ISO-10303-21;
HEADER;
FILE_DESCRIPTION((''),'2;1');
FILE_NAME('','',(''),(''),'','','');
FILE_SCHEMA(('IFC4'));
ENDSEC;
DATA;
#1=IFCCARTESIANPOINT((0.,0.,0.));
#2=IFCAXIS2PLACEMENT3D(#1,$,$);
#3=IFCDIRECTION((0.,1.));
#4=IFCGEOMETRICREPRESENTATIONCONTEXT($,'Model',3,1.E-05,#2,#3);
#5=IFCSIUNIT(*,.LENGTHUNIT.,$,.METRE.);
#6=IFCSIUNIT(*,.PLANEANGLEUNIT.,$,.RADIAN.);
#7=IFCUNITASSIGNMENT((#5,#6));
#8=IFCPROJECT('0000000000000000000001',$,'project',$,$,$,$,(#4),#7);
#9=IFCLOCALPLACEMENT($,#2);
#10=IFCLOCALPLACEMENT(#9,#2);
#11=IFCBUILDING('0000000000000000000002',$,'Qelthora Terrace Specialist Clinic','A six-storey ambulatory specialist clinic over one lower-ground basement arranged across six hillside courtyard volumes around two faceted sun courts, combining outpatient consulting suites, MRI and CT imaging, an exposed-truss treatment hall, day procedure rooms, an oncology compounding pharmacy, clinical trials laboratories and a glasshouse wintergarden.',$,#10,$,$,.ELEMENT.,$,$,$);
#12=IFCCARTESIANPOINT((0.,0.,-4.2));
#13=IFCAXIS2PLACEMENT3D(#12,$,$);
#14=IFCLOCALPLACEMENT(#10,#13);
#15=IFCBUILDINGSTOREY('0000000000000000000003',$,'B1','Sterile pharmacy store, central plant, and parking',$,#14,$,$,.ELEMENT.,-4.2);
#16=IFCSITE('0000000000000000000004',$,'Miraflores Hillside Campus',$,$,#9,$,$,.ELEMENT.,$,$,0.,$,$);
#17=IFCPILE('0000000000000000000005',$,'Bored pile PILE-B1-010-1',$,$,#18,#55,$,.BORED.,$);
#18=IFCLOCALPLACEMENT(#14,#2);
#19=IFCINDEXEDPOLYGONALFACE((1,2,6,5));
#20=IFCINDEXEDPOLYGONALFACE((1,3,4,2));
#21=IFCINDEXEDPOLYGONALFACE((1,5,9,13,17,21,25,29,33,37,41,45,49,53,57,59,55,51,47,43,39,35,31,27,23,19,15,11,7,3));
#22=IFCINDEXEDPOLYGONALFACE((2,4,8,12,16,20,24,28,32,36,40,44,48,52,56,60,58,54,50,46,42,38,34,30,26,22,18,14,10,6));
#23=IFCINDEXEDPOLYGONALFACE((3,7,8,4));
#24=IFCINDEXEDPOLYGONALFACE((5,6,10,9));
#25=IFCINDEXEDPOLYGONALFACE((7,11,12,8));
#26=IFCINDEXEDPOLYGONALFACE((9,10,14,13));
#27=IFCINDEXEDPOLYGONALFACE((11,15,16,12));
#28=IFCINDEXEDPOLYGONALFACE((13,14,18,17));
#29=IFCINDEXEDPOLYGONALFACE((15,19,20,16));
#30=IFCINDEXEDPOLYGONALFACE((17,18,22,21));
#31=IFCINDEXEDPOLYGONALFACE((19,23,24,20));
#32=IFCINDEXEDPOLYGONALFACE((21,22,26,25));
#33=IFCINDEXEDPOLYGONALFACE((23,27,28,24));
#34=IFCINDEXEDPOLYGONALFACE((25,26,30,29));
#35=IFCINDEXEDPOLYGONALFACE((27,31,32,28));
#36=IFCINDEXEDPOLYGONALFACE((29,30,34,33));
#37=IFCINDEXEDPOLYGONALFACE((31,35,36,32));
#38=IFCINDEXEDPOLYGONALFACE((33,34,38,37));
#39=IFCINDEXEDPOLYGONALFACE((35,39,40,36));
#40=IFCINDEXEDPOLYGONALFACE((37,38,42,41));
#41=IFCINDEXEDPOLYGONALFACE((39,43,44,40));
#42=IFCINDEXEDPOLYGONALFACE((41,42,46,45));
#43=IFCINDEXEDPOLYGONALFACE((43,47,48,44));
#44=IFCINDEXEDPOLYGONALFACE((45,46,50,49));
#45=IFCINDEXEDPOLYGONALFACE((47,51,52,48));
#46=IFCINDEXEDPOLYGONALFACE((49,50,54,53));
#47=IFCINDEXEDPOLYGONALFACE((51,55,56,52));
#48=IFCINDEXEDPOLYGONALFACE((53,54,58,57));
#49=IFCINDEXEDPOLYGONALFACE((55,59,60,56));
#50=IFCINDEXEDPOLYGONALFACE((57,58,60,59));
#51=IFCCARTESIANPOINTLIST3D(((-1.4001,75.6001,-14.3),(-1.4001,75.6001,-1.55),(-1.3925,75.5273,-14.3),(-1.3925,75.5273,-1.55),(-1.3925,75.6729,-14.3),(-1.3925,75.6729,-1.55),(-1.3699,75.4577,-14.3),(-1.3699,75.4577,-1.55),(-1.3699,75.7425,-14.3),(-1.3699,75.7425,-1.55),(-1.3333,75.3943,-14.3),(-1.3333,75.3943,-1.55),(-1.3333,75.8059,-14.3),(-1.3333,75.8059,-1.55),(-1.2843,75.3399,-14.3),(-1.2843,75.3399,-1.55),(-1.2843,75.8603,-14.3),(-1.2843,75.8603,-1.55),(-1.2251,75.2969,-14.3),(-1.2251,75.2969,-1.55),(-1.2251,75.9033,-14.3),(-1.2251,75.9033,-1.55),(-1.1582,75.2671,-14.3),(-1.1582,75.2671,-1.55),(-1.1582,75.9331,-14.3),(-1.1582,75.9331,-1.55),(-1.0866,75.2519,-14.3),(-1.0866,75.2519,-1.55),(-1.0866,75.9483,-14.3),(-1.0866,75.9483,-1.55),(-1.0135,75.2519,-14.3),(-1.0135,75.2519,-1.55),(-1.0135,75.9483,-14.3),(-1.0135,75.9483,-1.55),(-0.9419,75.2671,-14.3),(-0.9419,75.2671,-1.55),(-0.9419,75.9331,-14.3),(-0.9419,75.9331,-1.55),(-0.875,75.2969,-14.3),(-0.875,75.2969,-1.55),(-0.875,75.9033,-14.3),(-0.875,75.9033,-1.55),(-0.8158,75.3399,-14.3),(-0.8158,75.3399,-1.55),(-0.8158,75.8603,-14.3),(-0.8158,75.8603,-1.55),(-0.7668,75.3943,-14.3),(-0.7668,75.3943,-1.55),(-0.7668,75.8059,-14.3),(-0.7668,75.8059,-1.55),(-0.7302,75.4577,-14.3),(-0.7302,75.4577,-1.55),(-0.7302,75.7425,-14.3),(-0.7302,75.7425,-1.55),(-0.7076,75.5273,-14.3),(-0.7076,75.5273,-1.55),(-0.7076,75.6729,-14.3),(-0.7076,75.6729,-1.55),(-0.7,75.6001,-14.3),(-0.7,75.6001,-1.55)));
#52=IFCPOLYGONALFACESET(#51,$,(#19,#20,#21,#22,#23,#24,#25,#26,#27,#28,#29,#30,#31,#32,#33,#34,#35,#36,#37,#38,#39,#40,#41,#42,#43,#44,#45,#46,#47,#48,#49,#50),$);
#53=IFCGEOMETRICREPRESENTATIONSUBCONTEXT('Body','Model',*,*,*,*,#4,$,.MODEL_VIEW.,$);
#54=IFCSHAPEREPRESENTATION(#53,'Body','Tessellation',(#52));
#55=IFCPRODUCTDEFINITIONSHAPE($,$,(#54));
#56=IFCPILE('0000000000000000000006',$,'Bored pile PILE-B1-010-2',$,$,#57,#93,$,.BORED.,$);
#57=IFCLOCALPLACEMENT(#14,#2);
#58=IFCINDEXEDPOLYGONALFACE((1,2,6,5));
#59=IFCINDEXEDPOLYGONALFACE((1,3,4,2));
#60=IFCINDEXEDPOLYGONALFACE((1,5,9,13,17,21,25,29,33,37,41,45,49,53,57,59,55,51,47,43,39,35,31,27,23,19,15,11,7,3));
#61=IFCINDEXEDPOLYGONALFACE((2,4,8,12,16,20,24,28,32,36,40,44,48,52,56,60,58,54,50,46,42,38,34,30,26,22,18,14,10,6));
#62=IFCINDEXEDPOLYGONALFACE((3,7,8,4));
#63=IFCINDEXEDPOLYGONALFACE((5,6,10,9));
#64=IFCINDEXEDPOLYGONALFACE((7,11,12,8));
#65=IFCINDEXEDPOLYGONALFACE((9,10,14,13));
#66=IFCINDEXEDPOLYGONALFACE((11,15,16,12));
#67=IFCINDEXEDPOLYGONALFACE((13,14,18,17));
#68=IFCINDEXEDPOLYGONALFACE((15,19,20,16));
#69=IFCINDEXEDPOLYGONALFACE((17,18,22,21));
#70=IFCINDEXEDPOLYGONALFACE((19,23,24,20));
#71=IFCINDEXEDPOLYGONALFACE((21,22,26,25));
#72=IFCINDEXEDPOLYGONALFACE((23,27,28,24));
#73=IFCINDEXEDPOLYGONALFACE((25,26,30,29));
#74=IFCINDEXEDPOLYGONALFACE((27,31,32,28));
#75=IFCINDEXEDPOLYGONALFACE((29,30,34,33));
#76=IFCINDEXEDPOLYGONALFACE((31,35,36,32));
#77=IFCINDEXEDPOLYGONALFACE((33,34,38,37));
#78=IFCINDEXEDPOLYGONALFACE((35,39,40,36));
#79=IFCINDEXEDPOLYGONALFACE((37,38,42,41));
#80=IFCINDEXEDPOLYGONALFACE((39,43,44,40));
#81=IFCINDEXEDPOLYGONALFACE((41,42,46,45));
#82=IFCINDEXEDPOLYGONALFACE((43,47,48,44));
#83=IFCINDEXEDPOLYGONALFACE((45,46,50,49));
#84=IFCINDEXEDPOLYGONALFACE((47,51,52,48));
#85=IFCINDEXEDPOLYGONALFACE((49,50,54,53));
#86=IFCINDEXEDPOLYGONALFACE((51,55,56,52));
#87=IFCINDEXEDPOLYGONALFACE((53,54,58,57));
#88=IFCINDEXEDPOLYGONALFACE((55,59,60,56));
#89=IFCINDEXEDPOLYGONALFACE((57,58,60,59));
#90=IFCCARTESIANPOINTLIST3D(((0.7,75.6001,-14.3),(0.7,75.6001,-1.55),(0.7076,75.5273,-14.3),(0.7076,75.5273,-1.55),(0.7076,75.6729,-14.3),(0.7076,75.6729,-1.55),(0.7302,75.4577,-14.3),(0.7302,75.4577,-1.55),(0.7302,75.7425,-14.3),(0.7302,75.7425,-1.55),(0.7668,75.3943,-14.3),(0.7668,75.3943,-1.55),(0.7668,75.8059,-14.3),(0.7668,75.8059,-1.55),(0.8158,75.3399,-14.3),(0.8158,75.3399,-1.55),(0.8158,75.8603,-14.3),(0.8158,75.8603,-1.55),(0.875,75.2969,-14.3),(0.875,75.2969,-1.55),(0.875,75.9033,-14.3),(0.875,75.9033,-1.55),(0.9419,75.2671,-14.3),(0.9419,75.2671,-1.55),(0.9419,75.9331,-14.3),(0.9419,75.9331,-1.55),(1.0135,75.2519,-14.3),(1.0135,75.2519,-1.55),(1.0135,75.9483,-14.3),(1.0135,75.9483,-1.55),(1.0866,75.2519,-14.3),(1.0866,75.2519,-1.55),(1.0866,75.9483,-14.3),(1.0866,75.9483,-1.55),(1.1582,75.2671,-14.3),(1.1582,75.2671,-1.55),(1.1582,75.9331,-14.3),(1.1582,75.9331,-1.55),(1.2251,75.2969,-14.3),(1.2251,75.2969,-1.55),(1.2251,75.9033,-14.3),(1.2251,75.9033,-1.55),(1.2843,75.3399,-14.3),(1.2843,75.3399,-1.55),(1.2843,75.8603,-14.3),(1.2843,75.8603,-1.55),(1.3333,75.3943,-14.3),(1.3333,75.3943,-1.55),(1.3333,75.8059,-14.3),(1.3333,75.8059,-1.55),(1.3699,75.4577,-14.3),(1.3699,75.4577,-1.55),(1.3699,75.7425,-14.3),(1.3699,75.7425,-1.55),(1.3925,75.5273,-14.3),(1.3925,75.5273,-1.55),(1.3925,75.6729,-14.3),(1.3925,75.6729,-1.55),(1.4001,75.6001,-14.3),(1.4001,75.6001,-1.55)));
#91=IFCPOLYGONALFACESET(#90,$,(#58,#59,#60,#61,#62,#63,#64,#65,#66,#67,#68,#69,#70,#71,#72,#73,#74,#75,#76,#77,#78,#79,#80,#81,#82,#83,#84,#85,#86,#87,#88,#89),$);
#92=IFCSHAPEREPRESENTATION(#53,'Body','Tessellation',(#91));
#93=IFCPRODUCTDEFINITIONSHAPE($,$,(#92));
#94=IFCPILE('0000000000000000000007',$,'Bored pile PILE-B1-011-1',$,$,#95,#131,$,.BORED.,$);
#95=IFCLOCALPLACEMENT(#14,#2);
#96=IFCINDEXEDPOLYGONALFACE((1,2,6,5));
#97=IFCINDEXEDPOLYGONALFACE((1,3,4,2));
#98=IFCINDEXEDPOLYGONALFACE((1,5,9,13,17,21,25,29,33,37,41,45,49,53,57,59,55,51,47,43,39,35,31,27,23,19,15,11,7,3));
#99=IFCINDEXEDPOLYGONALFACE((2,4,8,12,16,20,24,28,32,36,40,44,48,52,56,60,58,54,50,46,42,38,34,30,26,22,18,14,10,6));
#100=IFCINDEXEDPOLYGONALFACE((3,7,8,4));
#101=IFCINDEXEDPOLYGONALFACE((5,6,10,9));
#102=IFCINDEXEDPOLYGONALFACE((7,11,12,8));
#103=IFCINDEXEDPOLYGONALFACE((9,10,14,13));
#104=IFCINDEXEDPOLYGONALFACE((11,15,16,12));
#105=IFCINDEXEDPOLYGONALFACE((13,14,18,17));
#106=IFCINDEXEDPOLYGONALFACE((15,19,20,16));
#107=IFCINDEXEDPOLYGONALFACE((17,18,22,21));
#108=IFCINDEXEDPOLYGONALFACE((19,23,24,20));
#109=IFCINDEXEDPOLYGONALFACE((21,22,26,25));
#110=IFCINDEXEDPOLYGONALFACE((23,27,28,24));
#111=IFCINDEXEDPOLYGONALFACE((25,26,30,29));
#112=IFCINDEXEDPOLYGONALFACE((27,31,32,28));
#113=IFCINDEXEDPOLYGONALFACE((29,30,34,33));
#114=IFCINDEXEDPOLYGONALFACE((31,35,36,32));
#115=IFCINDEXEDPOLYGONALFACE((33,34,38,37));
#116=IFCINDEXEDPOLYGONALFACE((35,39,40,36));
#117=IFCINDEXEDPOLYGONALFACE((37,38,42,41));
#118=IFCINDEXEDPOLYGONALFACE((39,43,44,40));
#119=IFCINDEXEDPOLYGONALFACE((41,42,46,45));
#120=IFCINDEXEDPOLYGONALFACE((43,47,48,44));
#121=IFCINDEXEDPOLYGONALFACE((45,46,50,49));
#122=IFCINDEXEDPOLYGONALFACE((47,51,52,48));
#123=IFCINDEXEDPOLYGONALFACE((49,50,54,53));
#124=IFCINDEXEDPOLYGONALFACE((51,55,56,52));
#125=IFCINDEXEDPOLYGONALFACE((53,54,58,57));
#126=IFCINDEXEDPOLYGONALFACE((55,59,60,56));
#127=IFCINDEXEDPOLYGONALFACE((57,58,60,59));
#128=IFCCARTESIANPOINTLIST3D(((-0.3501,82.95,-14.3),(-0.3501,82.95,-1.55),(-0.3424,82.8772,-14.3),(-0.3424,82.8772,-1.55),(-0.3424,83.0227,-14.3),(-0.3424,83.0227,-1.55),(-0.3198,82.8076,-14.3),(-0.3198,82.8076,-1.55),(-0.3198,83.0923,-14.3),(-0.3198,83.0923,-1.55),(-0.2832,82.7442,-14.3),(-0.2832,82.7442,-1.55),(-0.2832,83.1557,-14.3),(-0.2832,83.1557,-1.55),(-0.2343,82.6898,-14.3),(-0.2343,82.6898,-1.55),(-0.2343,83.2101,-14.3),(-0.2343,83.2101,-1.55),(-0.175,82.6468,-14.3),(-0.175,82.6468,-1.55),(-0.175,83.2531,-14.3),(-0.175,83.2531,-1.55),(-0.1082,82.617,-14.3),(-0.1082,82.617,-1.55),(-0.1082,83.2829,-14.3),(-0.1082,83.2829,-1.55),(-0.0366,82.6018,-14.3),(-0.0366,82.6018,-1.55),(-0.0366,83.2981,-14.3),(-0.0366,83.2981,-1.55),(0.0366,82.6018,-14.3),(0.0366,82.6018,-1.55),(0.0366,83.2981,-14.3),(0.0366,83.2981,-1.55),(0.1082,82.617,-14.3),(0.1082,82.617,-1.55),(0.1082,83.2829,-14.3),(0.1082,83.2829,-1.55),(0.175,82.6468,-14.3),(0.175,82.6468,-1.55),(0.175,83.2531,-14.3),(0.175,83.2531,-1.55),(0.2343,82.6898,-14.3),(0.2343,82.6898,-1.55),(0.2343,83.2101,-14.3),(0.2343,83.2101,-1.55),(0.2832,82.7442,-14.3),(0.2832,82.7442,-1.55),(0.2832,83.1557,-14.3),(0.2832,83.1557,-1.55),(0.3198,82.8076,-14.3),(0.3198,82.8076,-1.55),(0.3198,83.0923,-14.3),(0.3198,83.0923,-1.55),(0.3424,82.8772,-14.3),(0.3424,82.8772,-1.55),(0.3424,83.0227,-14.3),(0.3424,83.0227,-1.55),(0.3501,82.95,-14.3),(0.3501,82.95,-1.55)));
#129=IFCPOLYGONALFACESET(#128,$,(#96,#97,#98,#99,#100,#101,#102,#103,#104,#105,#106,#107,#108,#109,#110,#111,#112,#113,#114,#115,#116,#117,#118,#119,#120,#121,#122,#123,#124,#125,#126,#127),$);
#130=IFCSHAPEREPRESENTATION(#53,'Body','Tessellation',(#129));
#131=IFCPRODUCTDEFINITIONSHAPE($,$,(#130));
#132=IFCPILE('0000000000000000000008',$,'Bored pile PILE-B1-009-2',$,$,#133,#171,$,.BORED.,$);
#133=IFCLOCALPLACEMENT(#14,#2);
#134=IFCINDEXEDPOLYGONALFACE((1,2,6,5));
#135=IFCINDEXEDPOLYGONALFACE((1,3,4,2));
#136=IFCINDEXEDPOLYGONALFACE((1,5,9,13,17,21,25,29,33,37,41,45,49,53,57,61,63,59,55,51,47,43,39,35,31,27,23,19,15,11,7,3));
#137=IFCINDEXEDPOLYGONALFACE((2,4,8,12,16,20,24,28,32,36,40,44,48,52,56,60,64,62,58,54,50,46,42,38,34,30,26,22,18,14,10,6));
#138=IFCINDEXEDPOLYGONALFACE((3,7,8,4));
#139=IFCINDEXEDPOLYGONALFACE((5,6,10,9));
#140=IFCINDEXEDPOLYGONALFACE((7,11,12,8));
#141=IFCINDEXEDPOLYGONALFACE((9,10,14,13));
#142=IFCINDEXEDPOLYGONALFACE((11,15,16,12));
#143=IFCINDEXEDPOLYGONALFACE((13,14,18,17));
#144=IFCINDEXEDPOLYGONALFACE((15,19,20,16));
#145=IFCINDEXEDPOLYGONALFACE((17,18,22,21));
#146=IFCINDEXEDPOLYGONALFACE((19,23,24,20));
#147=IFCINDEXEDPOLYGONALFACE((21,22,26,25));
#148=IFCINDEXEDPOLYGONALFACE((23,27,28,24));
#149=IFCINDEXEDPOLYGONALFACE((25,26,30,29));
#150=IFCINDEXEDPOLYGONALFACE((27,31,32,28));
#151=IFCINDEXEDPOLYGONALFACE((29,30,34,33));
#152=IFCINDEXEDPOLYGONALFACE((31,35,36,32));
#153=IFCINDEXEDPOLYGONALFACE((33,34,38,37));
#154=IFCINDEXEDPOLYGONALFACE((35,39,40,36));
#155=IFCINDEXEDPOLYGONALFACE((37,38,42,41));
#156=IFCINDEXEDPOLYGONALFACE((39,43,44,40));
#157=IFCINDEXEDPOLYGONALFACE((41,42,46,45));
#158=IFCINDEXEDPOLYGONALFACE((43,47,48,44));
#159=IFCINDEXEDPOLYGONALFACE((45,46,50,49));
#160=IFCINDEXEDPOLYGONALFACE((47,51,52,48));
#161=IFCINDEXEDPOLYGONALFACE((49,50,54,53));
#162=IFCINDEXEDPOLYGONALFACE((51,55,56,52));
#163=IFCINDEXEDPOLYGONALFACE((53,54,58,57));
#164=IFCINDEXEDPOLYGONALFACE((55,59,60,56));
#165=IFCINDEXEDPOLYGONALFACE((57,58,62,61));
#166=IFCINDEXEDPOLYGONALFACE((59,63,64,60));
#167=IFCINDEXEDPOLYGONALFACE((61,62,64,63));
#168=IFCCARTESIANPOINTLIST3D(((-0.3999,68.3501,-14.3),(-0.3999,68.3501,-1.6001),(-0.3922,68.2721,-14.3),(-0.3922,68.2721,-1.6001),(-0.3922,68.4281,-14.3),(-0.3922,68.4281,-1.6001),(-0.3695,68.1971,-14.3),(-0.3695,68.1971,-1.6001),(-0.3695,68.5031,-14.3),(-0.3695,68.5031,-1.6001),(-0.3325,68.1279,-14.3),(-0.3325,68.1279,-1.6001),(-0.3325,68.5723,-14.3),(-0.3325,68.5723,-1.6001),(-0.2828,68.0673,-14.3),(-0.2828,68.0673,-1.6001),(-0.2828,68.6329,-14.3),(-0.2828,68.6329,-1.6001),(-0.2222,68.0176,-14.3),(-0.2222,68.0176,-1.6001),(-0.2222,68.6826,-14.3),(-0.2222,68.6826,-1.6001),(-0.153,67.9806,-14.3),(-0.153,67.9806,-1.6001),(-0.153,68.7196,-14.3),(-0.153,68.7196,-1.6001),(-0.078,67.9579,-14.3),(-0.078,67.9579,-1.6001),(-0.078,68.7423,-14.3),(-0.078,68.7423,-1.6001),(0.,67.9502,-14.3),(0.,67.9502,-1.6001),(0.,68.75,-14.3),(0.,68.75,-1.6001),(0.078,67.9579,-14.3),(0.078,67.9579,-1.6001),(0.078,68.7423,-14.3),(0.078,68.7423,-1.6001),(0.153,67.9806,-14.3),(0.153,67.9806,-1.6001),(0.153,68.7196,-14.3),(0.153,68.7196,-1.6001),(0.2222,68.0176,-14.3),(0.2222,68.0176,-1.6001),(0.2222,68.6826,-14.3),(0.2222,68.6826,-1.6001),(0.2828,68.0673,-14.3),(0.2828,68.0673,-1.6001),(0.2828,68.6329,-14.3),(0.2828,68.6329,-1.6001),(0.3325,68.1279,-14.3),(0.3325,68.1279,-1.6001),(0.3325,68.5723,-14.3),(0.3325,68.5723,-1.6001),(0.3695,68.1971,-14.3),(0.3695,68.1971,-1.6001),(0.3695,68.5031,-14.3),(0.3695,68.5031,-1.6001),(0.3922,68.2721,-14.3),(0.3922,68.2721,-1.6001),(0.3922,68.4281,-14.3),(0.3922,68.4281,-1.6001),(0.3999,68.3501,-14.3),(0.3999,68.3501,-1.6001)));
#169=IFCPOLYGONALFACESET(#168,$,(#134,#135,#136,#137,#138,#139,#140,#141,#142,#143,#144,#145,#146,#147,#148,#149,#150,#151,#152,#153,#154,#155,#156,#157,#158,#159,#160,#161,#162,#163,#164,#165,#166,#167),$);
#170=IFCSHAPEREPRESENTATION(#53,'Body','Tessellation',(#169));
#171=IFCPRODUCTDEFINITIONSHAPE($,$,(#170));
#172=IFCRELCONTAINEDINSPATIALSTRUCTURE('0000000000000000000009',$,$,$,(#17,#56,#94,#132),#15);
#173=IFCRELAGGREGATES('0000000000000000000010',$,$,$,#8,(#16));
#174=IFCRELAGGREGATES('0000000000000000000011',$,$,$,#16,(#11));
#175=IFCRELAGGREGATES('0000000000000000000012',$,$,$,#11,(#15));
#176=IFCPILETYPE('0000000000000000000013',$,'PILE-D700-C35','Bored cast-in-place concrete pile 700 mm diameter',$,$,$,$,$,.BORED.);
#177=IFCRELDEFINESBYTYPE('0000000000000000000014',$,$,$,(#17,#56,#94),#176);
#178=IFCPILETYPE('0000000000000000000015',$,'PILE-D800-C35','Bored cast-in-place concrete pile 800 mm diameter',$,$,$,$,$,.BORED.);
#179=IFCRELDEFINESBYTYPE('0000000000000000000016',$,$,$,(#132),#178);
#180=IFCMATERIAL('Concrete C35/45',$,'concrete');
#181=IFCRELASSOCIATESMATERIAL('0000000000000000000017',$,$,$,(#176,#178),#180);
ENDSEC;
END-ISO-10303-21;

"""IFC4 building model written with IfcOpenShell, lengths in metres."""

from ifc_helpers import new_model, si_unit, direction, frame, origin, origin_2d, place, context, subcontext, project, spatial, circle, extrude, material, material_profile, profile_set, type_object, element, save


model = new_model("IFC4")

# Units and contexts
model_context = context("Model", 3, precision=1e-05, world=origin(), true_north=direction((0.0, 1.0)))
body_context = subcontext(model_context, "Body", "Model", "MODEL_VIEW")
ifc_project = project(units=[si_unit("LENGTHUNIT", "METRE"), si_unit("PLANEANGLEUNIT", "RADIAN")], contexts=[model_context])

# Site, building, storey
site_placement = place(None, origin())
site = spatial("IfcSite", under=ifc_project, at=site_placement, Name="Miraflores Hillside Campus", CompositionType="ELEMENT", RefElevation=0.0)
building_placement = place(site_placement, origin())
building = spatial("IfcBuilding", under=site, at=building_placement, Name="Qelthora Terrace Specialist Clinic", Description="A six-storey ambulatory specialist clinic over one lower-ground basement arranged across six hillside courtyard volumes around two faceted sun courts, combining outpatient consulting suites, MRI and CT imaging, an exposed-truss treatment hall, day procedure rooms, an oncology compounding pharmacy, clinical trials laboratories and a glasshouse wintergarden.", CompositionType="ELEMENT")
storey_placement = place(building_placement, frame((0.0, 0.0, -4.2)))
storey = spatial("IfcBuildingStorey", under=building, at=storey_placement, Name="B1", Description="Sterile pharmacy store, central plant, and parking", CompositionType="ELEMENT", Elevation=-4.2)

# Shared definitions
ifc_material_1 = material(Name="Concrete C35/45", Category="concrete")

# Piles
ifc_material_profile_1 = material_profile(ifc_material_1, circle(Radius=0.3501, at=origin_2d()), Name="PILE700")
ifc_profile_set_1 = profile_set([ifc_material_profile_1], Name="Concrete C35/45")
pile_type_1 = type_object("IfcPileType", Name="PILE-D700-C35", Description="Bored cast-in-place concrete pile 700 mm diameter", PredefinedType="BORED", material=ifc_profile_set_1)
for number, where, z_axis, x_axis, name in (
    (1, (-1.05, 75.6001, -1.55), (0.0, 0.0, -1.0), (1.0, 0.0, 0.0), "Bored pile PILE-B1-010-1"),
    (2, (1.05, 75.6001, -1.55), (0.0, 0.0, -1.0), (1.0, 0.0, 0.0), "Bored pile PILE-B1-010-2"),
    (3, (0.0, 82.95, -1.55), (0.0, 0.0, -1.0), (1.0, 0.0, 0.0), "Bored pile PILE-B1-011-1"),
):
    element("IfcPile", number, at=place(storey_placement, frame(where, z_axis=z_axis, x_axis=x_axis)), inside=storey, type_object=pile_type_1, Name=name, PredefinedType="BORED", context=body_context, shape_type="SweptSolid", body=[
        extrude(circle(Radius=0.3501, at=origin_2d()), origin(), (0.0, 0.0, 1.0), 12.75),
    ])
ifc_material_profile_2 = material_profile(ifc_material_1, circle(Radius=0.3999, at=origin_2d()), Name="PILE800")
ifc_profile_set_2 = profile_set([ifc_material_profile_2], Name="Concrete C35/45")
pile_type_2 = type_object("IfcPileType", Name="PILE-D800-C35", Description="Bored cast-in-place concrete pile 800 mm diameter", PredefinedType="BORED", material=ifc_profile_set_2)
pile_placement = place(storey_placement, frame((0.0, 68.3501, -1.6001), z_axis=(0.0, 0.0, -1.0), x_axis=(1.0, 0.0, 0.0)))
element("IfcPile", 4, at=pile_placement, inside=storey, type_object=pile_type_2, Name="Bored pile PILE-B1-009-2", PredefinedType="BORED", context=body_context, shape_type="SweptSolid", body=[
    extrude(circle(Radius=0.3999, at=origin_2d()), origin(), (0.0, 0.0, 1.0), 12.7),
])

save(model, "model.ifc")
